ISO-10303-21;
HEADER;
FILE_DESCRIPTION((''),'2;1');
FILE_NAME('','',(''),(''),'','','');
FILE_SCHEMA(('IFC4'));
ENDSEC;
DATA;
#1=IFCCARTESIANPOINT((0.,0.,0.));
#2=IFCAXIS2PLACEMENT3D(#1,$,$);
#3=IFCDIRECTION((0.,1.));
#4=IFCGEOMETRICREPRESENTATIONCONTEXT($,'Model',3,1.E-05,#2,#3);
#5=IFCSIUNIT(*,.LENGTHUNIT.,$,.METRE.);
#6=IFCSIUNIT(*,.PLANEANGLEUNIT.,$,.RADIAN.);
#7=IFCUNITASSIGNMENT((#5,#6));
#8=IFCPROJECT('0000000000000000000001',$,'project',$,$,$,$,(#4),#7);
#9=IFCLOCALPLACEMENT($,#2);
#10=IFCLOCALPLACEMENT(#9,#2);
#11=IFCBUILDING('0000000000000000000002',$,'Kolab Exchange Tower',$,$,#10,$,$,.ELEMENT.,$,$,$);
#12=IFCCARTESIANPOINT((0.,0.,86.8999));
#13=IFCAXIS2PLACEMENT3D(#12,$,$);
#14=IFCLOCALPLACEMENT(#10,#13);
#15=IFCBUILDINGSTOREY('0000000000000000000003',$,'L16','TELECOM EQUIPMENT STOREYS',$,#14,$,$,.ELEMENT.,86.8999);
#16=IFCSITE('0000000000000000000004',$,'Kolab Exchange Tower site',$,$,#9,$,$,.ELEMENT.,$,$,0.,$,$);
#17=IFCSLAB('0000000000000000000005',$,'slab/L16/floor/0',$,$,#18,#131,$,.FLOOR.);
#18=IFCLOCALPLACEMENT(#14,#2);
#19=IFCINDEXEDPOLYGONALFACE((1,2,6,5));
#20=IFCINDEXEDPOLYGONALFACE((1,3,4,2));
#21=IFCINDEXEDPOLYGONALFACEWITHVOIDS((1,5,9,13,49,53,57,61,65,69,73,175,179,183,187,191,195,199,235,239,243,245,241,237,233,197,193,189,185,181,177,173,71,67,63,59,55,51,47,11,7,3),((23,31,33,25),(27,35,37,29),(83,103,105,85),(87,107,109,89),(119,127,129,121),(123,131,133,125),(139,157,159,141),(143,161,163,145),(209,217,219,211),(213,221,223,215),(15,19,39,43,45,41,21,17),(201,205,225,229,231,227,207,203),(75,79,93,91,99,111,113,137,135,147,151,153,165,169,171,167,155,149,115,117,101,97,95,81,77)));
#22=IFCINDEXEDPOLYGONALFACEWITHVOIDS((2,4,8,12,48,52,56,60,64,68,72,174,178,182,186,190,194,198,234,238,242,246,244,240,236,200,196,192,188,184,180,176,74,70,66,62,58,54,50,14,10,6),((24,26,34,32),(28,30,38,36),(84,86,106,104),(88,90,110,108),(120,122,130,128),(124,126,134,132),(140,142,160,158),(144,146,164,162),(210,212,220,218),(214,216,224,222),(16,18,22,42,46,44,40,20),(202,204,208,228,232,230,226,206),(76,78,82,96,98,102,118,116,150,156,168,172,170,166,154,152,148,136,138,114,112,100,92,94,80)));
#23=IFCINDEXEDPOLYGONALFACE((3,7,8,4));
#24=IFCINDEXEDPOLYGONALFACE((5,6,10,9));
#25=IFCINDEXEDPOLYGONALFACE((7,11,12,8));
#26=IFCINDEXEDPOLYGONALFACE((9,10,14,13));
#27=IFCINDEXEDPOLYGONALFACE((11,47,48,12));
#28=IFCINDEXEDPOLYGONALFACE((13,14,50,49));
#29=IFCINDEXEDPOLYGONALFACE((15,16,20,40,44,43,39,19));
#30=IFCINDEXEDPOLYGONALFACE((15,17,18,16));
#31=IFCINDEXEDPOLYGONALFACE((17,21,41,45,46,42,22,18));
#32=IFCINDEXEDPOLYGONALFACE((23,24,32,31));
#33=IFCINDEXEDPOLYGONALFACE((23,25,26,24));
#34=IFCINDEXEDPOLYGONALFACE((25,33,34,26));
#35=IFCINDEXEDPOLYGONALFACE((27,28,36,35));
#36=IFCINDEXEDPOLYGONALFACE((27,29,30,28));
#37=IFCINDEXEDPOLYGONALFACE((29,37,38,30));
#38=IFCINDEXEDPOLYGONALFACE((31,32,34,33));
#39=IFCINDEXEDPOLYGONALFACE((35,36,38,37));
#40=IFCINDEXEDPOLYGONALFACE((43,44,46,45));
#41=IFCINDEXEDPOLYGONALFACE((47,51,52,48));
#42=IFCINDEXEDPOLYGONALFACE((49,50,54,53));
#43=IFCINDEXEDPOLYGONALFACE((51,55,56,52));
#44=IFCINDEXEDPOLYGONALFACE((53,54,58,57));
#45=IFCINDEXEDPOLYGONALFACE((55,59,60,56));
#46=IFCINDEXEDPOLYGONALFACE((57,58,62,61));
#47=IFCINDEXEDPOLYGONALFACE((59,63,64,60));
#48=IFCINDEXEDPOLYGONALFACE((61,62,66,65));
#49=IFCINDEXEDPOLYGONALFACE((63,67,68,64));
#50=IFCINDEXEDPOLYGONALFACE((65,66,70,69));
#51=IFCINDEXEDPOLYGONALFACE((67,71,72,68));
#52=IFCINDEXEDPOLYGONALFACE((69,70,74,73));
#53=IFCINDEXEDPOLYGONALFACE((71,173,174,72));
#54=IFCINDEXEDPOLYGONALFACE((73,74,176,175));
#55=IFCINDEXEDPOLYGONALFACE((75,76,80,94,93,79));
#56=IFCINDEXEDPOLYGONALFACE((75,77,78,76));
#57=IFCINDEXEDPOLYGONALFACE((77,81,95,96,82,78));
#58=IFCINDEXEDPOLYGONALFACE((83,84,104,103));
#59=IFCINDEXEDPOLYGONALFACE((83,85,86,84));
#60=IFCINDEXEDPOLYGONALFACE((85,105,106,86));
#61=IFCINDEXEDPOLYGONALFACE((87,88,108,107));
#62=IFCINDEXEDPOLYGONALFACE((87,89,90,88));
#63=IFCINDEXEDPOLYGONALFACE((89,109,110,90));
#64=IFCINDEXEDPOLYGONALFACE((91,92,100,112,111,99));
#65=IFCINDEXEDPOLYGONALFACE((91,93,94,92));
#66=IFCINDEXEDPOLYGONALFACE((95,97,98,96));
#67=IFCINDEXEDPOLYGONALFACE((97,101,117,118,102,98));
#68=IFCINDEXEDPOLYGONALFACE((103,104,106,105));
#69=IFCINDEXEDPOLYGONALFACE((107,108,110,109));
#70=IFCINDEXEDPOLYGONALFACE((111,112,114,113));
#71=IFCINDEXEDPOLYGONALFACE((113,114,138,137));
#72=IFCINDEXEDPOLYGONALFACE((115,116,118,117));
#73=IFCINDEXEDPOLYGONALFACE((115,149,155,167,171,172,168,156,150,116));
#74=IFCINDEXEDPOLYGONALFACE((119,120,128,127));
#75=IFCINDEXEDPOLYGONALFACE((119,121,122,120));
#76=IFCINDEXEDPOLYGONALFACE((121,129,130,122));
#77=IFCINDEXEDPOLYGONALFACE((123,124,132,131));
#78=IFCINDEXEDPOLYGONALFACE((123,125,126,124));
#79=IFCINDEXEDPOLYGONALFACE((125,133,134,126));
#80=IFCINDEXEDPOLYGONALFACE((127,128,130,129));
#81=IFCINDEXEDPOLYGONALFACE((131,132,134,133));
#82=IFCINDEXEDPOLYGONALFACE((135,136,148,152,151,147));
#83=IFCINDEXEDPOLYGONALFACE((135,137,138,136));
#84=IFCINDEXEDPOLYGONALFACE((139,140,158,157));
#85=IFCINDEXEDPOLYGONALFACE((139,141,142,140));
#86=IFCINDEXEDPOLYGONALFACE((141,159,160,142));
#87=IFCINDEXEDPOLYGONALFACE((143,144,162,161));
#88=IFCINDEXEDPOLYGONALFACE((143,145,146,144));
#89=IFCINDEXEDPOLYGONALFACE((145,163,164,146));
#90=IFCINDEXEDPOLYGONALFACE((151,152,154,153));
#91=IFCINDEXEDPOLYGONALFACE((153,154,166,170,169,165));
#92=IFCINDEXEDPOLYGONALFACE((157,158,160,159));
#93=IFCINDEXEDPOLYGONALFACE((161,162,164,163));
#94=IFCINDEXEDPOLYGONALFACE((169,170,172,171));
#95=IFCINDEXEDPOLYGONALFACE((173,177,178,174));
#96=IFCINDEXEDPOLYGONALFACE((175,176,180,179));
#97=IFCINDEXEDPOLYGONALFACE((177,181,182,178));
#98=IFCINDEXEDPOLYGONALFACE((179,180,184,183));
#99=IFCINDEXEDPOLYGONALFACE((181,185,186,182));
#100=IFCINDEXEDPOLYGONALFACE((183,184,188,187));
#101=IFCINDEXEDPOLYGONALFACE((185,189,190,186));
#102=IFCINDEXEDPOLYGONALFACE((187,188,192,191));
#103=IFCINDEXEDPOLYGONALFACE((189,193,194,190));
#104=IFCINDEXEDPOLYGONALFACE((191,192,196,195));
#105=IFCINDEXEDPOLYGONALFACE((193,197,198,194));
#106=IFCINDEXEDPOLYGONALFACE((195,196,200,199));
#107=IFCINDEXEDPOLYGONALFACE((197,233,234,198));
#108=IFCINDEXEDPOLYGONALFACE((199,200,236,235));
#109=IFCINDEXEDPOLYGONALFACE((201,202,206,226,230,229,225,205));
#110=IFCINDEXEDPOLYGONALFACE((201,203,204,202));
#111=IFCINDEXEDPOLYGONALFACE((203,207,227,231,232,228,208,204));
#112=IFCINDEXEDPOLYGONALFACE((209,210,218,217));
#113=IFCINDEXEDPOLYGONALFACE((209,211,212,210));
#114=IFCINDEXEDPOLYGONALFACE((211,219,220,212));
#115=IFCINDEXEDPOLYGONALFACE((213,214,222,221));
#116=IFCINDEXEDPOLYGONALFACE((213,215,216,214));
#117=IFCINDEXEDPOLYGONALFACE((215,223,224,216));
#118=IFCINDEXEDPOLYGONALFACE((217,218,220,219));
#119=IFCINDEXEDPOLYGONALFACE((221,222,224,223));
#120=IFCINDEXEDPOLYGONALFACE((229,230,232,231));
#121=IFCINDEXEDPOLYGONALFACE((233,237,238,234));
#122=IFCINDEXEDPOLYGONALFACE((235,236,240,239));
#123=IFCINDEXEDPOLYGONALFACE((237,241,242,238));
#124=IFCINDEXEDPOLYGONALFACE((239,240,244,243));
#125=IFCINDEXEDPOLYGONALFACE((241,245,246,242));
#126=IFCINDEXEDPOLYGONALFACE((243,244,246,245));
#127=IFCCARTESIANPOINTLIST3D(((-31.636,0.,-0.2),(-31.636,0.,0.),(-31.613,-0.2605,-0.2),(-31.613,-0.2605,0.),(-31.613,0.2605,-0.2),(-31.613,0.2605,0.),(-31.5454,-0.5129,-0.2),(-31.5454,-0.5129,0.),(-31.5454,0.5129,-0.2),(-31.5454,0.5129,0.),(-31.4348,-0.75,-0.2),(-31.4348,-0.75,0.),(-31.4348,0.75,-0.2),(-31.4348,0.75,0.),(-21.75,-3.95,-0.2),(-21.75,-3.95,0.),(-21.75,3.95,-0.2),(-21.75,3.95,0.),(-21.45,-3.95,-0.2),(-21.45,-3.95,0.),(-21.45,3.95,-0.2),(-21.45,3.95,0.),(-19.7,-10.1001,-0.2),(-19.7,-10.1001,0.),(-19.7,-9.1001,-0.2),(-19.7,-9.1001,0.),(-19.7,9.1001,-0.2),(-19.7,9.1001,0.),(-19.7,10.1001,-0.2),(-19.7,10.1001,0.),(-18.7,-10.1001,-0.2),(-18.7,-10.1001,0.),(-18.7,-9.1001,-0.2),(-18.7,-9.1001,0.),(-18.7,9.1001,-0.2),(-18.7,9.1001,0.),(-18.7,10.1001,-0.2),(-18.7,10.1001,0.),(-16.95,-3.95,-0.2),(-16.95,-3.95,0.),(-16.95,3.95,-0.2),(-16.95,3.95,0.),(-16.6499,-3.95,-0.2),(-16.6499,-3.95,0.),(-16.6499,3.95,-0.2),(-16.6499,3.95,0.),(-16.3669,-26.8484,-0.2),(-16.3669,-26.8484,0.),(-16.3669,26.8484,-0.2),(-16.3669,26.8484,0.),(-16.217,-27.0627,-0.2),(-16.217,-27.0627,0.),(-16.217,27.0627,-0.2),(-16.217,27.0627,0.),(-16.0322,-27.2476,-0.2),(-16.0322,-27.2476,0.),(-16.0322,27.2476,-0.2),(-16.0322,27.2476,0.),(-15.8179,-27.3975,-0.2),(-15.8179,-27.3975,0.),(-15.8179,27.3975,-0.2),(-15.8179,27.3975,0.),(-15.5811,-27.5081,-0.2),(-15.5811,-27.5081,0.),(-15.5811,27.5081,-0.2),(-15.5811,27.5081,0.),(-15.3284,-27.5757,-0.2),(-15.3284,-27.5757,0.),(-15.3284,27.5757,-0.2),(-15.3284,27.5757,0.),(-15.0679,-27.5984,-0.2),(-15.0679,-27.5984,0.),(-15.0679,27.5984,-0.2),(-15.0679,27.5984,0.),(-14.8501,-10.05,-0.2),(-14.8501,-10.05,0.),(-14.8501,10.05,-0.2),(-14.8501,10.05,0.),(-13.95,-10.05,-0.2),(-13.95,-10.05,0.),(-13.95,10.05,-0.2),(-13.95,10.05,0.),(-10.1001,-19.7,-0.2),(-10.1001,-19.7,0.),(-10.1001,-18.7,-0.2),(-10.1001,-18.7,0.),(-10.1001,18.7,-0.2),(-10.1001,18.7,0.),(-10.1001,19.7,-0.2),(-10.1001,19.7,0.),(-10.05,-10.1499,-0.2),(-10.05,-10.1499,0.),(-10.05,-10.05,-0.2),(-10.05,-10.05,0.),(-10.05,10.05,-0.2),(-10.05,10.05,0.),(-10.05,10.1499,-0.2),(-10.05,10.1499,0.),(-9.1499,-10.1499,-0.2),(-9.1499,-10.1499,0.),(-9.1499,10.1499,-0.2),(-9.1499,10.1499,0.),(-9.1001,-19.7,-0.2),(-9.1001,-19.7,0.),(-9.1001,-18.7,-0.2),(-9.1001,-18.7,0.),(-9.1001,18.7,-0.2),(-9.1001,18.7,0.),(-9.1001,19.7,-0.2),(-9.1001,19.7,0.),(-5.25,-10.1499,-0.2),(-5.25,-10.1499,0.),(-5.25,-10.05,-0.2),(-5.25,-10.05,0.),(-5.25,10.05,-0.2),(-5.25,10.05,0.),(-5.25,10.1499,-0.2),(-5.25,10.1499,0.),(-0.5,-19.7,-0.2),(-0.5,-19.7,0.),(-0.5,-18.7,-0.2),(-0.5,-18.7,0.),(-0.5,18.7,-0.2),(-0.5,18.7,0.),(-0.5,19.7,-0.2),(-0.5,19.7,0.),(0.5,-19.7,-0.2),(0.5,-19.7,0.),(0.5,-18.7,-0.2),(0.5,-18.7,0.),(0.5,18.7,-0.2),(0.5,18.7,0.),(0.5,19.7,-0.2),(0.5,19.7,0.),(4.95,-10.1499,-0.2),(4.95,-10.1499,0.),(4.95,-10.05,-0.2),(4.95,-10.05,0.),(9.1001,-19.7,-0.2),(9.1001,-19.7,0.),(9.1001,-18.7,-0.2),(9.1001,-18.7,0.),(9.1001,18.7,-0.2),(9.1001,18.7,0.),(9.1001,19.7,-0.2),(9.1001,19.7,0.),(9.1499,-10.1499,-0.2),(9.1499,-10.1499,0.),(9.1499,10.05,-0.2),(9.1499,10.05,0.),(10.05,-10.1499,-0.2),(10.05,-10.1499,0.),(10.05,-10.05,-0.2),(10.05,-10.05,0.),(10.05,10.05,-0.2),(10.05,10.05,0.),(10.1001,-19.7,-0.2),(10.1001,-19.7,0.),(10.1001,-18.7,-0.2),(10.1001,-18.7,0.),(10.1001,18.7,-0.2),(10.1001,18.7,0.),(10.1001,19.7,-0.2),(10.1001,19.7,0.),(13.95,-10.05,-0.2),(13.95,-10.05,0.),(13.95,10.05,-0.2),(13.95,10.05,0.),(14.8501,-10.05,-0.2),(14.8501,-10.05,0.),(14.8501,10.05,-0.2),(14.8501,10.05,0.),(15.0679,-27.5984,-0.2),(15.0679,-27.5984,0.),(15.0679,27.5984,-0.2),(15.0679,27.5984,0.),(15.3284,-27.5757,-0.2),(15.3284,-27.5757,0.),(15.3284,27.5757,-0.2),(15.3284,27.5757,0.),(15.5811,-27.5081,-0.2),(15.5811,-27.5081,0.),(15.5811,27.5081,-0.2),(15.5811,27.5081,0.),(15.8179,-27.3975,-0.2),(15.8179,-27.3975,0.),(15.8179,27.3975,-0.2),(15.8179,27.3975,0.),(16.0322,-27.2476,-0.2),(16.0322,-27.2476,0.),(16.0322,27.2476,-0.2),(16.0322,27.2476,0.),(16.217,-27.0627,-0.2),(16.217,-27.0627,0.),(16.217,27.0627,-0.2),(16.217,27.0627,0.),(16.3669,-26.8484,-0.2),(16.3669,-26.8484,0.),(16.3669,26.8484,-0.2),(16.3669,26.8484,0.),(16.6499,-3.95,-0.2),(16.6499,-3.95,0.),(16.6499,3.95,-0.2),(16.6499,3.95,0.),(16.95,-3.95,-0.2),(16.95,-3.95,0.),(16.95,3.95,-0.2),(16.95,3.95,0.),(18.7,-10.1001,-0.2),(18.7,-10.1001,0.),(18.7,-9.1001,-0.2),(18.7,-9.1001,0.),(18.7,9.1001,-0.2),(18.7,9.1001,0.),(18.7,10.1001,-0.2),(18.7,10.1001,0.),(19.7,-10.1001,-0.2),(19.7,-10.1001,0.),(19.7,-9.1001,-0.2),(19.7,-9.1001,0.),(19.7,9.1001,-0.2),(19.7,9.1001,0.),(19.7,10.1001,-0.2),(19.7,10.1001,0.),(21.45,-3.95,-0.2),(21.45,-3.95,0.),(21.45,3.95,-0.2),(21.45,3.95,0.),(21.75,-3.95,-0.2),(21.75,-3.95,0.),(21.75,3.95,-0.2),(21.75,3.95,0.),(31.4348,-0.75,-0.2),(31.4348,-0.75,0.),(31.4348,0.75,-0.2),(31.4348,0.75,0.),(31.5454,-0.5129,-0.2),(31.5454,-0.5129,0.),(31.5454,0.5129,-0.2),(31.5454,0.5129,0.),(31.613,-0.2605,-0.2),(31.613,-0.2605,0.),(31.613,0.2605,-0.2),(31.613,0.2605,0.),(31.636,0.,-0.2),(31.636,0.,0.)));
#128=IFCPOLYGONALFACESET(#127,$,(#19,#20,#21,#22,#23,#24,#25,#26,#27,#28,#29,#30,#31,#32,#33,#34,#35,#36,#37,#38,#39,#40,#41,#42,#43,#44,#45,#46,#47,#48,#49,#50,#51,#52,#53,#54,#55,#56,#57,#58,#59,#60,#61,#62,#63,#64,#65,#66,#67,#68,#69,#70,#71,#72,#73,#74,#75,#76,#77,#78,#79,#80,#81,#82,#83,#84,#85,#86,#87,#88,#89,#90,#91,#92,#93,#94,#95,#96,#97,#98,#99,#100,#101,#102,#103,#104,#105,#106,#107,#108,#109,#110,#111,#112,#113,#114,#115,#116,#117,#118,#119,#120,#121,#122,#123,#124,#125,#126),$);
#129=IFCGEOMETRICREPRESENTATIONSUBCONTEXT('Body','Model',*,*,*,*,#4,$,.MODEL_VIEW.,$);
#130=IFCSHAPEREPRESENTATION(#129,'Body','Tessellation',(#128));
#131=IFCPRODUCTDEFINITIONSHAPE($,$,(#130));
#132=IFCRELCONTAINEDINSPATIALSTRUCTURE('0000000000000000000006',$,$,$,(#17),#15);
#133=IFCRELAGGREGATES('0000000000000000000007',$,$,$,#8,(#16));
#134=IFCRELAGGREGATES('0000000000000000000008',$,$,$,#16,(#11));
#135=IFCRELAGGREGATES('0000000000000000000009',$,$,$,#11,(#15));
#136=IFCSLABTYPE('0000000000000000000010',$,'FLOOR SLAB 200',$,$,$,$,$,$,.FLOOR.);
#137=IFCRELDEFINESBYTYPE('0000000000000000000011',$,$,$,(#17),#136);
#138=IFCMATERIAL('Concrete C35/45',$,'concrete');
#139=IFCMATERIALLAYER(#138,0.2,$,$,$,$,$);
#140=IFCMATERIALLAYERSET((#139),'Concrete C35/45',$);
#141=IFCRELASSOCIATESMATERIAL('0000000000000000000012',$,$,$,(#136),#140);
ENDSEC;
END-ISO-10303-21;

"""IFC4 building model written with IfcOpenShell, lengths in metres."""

from ifc_helpers import new_model, si_unit, direction, frame, origin, place, context, subcontext, project, spatial, polyline, outline, extrude, material, layer, layer_set, type_object, element, save


model = new_model("IFC4")

# Units and contexts
model_context = context("Model", 3, precision=1e-05, world=origin(), true_north=direction((0.0, 1.0)))
body_context = subcontext(model_context, "Body", "Model", "MODEL_VIEW")
ifc_project = project(units=[si_unit("LENGTHUNIT", "METRE"), si_unit("PLANEANGLEUNIT", "RADIAN")], contexts=[model_context])

# Site, building, storey
site_placement = place(None, origin())
site = spatial("IfcSite", under=ifc_project, at=site_placement, Name="Kolab Exchange Tower site", CompositionType="ELEMENT", RefElevation=0.0)
building_placement = place(site_placement, origin())
building = spatial("IfcBuilding", under=site, at=building_placement, Name="Kolab Exchange Tower", CompositionType="ELEMENT")
storey_placement = place(building_placement, frame((0.0, 0.0, 86.8999)))
storey = spatial("IfcBuildingStorey", under=building, at=storey_placement, Name="L16", Description="TELECOM EQUIPMENT STOREYS", CompositionType="ELEMENT", Elevation=86.8999)

# Slab
ifc_material_1 = material(Name="Concrete C35/45", Category="concrete")
ifc_layer_1 = layer(ifc_material_1, 0.2)
ifc_layer_set_1 = layer_set([ifc_layer_1], Name="Concrete C35/45")
slab_type = type_object("IfcSlabType", Name="FLOOR SLAB 200", PredefinedType="FLOOR", material=ifc_layer_set_1)
slab_1_placement = place(storey_placement, frame((0.0, 0.0, -0.2)))
element("IfcSlab", 1, at=slab_1_placement, inside=storey, type_object=slab_type, Name="slab/L16/floor/0", PredefinedType="FLOOR", context=body_context, shape_type="SweptSolid", body=[
    extrude(outline(polyline([(16.3669, -26.8484), (31.4348, -0.75), (31.5454, -0.5129), (31.613, -0.2605), (31.636, 0.0), (31.613, 0.2605), (31.5454, 0.5129), (31.4348, 0.75), (16.3669, 26.8484), (16.217, 27.0627), (16.0322, 27.2476), (15.8179, 27.3975), (15.5811, 27.5081), (15.3284, 27.5757), (15.0679, 27.5984), (-15.0679, 27.5984), (-15.3284, 27.5757), (-15.5811, 27.5081), (-15.8179, 27.3975), (-16.0322, 27.2476), (-16.217, 27.0627), (-16.3669, 26.8484), (-31.4348, 0.75), (-31.5454, 0.5129), (-31.613, 0.2605), (-31.636, 0.0), (-31.613, -0.2605), (-31.5454, -0.5129), (-31.4348, -0.75), (-16.3669, -26.8484), (-16.217, -27.0627), (-16.0322, -27.2476), (-15.8179, -27.3975), (-15.5811, -27.5081), (-15.3284, -27.5757), (-15.0679, -27.5984), (15.0679, -27.5984), (15.3284, -27.5757), (15.5811, -27.5081), (15.8179, -27.3975), (16.0322, -27.2476), (16.217, -27.0627), (16.3669, -26.8484)]), holes=[polyline([(-13.95, -10.05), (-14.8501, -10.05), (-14.8501, 10.05), (-13.95, 10.05), (-10.05, 10.05), (-10.05, 10.1499), (-9.1499, 10.1499), (-5.25, 10.1499), (-5.25, 10.05), (9.1499, 10.05), (10.05, 10.05), (13.95, 10.05), (14.8501, 10.05), (14.8501, -10.05), (13.95, -10.05), (10.05, -10.05), (10.05, -10.1499), (9.1499, -10.1499), (4.95, -10.1499), (4.95, -10.05), (-5.25, -10.05), (-5.25, -10.1499), (-9.1499, -10.1499), (-10.05, -10.1499), (-10.05, -10.05), (-13.95, -10.05)]), polyline([(-18.7, -9.1001), (-18.7, -10.1001), (-19.7, -10.1001), (-19.7, -9.1001), (-18.7, -9.1001)]), polyline([(-21.45, -3.95), (-21.75, -3.95), (-21.75, 3.95), (-21.45, 3.95), (-16.95, 3.95), (-16.6499, 3.95), (-16.6499, -3.95), (-16.95, -3.95), (-21.45, -3.95)]), polyline([(-18.7, 10.1001), (-18.7, 9.1001), (-19.7, 9.1001), (-19.7, 10.1001), (-18.7, 10.1001)]), polyline([(-9.1001, -18.7), (-9.1001, -19.7), (-10.1001, -19.7), (-10.1001, -18.7), (-9.1001, -18.7)]), polyline([(-9.1001, 19.7), (-9.1001, 18.7), (-10.1001, 18.7), (-10.1001, 19.7), (-9.1001, 19.7)]), polyline([(9.1001, -18.7), (10.1001, -18.7), (10.1001, -19.7), (9.1001, -19.7), (9.1001, -18.7)]), polyline([(-0.5, -18.7), (0.5, -18.7), (0.5, -19.7), (-0.5, -19.7), (-0.5, -18.7)]), polyline([(0.5, 19.7), (0.5, 18.7), (-0.5, 18.7), (-0.5, 19.7), (0.5, 19.7)]), polyline([(10.1001, 19.7), (10.1001, 18.7), (9.1001, 18.7), (9.1001, 19.7), (10.1001, 19.7)]), polyline([(19.7, -9.1001), (19.7, -10.1001), (18.7, -10.1001), (18.7, -9.1001), (19.7, -9.1001)]), polyline([(21.45, 3.95), (21.75, 3.95), (21.75, -3.95), (21.45, -3.95), (16.95, -3.95), (16.6499, -3.95), (16.6499, 3.95), (16.95, 3.95), (21.45, 3.95)]), polyline([(19.7, 10.1001), (19.7, 9.1001), (18.7, 9.1001), (18.7, 10.1001), (19.7, 10.1001)])]), origin(), (0.0, 0.0, 1.0), 0.2),
])

save(model, "model.ifc")
